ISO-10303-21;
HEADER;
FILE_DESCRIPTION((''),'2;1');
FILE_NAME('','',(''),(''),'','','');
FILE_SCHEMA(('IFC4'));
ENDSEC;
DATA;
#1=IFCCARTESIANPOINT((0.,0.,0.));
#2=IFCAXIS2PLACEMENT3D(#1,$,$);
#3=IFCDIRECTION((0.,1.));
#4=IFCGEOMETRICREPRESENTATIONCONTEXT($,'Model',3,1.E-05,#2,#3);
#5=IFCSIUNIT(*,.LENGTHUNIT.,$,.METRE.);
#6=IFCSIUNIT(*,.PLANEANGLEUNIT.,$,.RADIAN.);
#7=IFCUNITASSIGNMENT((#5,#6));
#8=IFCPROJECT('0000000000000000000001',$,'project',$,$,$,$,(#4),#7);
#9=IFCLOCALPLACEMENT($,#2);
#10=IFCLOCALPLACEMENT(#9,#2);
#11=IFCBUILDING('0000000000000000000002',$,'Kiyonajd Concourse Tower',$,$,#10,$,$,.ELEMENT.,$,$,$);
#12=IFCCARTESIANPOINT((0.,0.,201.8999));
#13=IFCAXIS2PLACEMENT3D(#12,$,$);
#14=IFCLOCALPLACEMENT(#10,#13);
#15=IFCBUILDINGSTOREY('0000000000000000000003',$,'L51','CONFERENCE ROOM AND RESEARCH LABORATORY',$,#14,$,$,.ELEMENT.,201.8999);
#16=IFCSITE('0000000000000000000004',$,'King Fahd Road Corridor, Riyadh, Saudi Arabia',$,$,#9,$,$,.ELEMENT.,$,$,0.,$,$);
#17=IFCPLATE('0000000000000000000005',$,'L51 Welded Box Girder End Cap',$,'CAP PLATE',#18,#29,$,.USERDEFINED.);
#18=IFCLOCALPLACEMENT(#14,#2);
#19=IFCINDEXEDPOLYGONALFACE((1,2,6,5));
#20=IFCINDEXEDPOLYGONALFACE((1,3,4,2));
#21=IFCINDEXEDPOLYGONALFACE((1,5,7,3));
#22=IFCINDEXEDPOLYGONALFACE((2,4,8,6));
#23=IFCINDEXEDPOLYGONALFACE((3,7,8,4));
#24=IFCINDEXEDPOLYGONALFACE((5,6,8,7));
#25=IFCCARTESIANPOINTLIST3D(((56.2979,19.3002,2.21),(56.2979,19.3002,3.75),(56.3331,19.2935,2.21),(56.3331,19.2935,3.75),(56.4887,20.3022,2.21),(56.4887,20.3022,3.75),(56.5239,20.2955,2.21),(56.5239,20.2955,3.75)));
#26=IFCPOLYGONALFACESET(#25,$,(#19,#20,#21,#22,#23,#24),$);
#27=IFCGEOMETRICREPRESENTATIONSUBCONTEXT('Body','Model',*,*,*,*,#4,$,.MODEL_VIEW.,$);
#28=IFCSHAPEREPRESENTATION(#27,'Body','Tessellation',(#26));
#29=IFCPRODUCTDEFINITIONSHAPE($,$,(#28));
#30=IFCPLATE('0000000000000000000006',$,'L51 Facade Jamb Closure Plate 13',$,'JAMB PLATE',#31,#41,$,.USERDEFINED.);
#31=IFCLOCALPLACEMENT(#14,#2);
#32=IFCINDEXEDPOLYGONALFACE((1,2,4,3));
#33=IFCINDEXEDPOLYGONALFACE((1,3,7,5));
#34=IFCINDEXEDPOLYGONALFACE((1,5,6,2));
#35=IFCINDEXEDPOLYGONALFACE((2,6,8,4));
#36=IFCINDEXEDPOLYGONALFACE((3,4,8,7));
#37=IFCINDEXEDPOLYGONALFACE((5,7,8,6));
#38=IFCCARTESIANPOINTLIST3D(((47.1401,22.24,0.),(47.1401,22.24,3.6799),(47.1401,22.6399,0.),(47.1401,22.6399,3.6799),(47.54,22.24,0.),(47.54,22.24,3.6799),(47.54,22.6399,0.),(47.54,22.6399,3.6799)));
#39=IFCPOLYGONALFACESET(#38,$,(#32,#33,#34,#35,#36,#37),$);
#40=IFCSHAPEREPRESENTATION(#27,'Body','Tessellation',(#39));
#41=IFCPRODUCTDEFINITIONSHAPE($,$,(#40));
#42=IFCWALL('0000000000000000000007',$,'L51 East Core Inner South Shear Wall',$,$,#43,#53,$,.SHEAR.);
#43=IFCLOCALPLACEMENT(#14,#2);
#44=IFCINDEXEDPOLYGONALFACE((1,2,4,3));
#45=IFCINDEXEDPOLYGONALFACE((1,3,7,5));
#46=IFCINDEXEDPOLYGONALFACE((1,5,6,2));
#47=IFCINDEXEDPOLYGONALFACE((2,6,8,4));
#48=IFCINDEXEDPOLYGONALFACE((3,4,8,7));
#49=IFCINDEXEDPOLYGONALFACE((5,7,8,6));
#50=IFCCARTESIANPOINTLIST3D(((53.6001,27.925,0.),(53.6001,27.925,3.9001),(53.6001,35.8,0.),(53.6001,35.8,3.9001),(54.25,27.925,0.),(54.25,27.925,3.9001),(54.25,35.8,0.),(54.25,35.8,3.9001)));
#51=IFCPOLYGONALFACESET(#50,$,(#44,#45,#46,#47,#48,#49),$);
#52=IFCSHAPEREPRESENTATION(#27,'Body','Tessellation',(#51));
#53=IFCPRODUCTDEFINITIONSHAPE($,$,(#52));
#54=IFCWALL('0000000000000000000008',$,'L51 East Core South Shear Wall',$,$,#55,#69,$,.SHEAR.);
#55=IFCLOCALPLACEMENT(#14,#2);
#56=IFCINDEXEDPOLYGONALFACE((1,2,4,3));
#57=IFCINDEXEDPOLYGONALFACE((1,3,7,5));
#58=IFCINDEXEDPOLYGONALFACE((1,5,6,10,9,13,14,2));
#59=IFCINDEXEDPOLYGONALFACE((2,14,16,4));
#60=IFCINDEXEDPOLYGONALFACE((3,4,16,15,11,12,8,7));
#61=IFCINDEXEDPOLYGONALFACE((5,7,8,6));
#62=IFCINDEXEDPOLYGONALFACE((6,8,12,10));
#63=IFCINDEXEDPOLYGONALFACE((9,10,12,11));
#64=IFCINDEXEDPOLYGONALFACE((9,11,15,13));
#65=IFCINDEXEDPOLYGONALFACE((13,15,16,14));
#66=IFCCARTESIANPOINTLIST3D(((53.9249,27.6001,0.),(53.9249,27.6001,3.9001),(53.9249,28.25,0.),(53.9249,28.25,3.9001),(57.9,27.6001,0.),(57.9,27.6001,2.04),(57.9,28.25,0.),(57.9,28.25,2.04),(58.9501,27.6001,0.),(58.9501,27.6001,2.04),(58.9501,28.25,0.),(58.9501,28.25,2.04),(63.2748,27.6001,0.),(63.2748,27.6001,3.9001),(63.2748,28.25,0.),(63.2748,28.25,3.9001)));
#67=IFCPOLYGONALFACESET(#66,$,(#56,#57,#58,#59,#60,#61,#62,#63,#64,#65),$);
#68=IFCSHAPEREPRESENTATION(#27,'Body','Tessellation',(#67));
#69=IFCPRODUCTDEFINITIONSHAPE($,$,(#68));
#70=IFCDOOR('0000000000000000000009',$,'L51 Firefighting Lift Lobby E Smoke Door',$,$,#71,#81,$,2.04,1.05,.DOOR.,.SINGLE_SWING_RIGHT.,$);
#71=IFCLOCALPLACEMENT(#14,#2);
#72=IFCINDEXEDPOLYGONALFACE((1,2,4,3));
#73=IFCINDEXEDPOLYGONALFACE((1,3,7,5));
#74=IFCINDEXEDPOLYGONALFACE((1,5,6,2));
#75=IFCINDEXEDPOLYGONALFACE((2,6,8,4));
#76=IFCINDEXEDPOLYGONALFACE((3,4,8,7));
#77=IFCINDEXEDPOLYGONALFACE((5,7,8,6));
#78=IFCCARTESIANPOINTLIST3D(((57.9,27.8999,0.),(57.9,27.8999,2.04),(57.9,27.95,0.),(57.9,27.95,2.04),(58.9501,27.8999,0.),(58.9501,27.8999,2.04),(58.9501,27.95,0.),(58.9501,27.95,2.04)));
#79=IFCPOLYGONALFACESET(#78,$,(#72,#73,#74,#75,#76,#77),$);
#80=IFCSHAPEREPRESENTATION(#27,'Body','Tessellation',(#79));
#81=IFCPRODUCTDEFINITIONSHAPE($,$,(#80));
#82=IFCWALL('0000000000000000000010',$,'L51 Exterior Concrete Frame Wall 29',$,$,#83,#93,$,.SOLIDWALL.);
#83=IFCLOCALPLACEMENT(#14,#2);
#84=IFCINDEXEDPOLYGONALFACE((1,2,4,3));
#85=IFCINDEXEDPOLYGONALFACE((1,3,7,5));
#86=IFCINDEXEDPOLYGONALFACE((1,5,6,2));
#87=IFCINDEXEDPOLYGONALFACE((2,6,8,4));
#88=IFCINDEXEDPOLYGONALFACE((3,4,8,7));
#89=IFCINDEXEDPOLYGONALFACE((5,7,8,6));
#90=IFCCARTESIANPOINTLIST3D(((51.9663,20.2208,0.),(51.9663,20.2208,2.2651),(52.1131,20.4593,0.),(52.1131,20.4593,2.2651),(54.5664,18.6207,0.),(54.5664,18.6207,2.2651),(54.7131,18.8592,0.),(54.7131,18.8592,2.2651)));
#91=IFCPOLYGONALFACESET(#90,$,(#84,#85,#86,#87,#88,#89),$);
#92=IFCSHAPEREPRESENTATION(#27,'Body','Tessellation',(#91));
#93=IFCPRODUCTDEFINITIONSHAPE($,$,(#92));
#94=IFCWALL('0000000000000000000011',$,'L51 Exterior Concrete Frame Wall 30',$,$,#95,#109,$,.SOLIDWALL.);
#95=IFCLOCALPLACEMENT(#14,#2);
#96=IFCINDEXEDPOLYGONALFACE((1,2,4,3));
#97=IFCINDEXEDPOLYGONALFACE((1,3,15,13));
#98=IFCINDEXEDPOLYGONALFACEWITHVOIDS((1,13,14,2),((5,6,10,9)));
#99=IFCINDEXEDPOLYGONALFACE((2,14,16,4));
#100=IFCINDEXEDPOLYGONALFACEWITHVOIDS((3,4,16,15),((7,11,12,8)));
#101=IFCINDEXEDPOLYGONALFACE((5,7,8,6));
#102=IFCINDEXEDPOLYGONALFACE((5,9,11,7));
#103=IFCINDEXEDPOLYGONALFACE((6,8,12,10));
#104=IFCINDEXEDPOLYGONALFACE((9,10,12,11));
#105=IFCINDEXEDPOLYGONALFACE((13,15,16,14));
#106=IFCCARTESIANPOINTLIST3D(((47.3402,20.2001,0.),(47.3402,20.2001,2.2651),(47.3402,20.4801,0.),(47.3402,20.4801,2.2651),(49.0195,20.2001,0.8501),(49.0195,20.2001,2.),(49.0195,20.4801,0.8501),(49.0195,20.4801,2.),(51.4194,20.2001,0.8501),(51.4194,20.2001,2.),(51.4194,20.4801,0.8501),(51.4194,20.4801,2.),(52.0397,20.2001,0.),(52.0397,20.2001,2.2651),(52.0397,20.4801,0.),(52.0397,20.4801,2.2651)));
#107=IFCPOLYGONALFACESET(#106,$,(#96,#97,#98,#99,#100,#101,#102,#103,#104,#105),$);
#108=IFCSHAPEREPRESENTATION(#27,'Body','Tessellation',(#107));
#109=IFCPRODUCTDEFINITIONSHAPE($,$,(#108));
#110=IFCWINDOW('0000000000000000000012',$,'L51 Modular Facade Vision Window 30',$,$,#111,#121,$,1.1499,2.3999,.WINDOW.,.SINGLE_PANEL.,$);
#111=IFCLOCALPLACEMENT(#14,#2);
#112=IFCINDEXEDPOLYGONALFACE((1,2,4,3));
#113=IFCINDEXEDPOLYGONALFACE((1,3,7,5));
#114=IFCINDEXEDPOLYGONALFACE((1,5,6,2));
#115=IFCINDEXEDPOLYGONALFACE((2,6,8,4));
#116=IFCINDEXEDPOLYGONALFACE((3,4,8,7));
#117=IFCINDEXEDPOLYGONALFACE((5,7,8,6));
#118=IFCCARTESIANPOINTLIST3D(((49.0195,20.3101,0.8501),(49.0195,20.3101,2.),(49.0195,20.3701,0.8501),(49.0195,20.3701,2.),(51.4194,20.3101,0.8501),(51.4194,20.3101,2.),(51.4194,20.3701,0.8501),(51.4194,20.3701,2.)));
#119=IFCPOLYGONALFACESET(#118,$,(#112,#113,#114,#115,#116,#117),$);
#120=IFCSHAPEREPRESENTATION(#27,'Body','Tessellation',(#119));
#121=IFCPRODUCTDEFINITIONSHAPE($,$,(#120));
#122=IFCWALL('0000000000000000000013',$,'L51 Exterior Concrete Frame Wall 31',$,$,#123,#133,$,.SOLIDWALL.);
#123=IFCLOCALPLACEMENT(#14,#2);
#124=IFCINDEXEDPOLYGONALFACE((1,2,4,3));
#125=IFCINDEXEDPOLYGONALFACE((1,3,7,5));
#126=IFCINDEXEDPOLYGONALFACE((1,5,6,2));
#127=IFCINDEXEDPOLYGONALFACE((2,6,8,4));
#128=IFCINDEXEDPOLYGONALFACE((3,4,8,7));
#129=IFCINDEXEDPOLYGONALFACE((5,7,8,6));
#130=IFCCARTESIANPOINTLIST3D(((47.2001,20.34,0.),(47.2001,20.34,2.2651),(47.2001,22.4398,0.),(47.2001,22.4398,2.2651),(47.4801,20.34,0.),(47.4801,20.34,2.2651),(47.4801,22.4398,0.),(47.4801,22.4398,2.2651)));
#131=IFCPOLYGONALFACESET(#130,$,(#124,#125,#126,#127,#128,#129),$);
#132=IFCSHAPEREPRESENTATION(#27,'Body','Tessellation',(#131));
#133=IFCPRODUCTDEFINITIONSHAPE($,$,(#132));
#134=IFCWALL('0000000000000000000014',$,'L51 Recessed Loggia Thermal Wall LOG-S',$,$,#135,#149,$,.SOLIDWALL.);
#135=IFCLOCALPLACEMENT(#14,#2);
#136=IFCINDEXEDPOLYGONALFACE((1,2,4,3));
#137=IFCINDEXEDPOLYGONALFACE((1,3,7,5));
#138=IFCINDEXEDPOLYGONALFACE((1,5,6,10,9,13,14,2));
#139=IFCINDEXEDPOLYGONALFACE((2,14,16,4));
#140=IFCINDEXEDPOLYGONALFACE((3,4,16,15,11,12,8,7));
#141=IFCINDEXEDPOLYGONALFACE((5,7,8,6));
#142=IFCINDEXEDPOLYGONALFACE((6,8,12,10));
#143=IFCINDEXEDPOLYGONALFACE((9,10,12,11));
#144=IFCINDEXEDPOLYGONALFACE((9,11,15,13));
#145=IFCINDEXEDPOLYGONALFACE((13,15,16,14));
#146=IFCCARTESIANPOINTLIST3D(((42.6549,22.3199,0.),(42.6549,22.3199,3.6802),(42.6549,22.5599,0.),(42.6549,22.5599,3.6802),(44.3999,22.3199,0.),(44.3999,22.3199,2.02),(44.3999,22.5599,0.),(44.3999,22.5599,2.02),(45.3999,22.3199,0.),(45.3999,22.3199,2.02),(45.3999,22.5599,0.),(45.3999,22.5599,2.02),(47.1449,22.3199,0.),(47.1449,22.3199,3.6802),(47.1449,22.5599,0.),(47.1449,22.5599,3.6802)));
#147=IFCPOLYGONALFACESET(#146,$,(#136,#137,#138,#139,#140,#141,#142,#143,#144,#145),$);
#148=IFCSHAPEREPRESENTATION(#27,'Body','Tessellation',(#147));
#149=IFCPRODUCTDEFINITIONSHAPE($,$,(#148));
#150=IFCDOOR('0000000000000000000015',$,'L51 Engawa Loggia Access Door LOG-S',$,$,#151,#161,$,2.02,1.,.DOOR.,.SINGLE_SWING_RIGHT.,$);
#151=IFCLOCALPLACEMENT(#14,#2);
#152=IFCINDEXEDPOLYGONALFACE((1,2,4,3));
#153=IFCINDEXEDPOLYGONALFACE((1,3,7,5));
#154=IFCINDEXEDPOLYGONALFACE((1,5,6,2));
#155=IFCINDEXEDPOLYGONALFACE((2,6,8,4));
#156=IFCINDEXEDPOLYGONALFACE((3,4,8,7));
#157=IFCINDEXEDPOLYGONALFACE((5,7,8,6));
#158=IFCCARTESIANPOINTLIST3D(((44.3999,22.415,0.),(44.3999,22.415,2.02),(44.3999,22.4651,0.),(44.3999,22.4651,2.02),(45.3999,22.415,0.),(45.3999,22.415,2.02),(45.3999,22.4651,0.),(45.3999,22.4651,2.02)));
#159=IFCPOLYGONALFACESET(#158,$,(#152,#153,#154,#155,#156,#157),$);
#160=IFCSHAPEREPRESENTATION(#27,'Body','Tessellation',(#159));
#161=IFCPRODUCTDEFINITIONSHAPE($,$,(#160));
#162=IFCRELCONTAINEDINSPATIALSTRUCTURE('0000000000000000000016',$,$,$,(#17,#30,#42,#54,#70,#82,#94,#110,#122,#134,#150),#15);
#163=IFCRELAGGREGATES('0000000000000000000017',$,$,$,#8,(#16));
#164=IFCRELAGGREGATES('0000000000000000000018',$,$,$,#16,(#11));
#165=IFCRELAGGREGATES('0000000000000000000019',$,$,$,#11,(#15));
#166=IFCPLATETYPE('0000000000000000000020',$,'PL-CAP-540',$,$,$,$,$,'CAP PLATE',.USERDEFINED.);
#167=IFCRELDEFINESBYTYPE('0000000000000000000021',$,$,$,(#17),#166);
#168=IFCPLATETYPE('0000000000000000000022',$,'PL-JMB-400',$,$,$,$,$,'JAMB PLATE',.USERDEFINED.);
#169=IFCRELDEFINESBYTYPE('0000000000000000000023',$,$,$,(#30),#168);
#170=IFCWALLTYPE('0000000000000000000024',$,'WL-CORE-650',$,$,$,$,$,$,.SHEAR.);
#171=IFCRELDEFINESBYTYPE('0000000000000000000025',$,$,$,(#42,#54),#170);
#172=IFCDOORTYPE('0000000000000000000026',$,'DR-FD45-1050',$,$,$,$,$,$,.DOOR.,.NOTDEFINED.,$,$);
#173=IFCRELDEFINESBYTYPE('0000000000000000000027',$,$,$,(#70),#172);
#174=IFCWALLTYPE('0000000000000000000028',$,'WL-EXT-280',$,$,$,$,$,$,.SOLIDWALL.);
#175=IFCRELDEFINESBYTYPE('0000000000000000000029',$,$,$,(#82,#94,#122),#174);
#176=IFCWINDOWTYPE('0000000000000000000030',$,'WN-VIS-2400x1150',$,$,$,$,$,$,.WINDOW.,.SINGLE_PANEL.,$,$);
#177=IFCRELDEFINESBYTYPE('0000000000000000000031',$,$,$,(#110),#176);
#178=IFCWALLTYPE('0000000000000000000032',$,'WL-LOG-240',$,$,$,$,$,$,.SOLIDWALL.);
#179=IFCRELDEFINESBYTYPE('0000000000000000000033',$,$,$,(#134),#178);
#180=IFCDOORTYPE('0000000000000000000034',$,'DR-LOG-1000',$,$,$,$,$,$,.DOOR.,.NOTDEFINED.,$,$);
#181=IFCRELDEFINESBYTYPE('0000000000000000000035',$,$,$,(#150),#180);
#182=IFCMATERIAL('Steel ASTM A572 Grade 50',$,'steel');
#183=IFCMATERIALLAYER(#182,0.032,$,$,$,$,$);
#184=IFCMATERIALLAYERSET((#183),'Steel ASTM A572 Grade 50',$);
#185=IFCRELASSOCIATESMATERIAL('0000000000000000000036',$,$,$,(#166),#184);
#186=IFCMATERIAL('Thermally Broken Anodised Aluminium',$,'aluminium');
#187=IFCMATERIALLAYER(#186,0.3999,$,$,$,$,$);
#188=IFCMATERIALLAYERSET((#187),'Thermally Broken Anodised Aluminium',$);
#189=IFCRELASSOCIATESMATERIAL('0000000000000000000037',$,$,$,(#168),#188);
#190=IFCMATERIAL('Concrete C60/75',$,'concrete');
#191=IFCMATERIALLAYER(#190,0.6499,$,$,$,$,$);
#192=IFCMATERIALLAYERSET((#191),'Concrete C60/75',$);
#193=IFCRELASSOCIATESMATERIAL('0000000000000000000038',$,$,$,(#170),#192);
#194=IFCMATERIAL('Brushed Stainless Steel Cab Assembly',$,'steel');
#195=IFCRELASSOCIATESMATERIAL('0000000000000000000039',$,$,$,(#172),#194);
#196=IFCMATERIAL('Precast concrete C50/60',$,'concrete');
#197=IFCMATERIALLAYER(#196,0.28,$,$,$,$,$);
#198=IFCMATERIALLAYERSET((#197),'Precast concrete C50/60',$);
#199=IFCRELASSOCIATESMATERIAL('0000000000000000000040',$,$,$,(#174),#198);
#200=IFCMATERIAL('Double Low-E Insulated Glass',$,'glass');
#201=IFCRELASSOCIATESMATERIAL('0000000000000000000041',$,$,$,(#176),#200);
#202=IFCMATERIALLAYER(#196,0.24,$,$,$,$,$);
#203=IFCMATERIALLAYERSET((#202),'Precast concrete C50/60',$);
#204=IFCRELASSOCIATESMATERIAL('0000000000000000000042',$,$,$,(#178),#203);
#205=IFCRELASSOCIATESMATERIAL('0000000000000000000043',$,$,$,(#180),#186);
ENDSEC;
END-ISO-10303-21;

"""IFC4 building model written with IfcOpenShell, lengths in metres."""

from ifc_helpers import new_model, si_unit, direction, frame, frame_2d, origin, origin_2d, place, context, subcontext, project, spatial, rectangle, extrude, material, layer, layer_set, type_object, element, fill, save


model = new_model("IFC4")

# Units and contexts
model_context = context("Model", 3, precision=1e-05, world=origin(), true_north=direction((0.0, 1.0)))
body_context = subcontext(model_context, "Body", "Model", "MODEL_VIEW")
ifc_project = project(units=[si_unit("LENGTHUNIT", "METRE"), si_unit("PLANEANGLEUNIT", "RADIAN")], contexts=[model_context])

# Site, building, storey
site_placement = place(None, origin())
site = spatial("IfcSite", under=ifc_project, at=site_placement, Name="King Fahd Road Corridor, Riyadh, Saudi Arabia", CompositionType="ELEMENT", RefElevation=0.0)
building_placement = place(site_placement, origin())
building = spatial("IfcBuilding", under=site, at=building_placement, Name="Kiyonajd Concourse Tower", CompositionType="ELEMENT")
storey_placement = place(building_placement, frame((0.0, 0.0, 201.8999)))
storey = spatial("IfcBuildingStorey", under=building, at=storey_placement, Name="L51", Description="CONFERENCE ROOM AND RESEARCH LABORATORY", CompositionType="ELEMENT", Elevation=201.8999)

# Shared definitions
ifc_material_1 = material(Name="Steel ASTM A572 Grade 50", Category="steel")

# Plates
ifc_layer_1 = layer(ifc_material_1, 0.032)
ifc_layer_set_1 = layer_set([ifc_layer_1], Name="Steel ASTM A572 Grade 50")
plate_type_1 = type_object("IfcPlateType", Name="PL-CAP-540", ElementType="CAP PLATE", PredefinedType="USERDEFINED", material=ifc_layer_set_1)
for number, where, z_axis, x_axis, name in (
    (1, (56.4109, 19.7979, 2.21), (0.0, 0.0, 1.0), (0.982353, -0.187038, 0.0), "L51 Welded Box Girder End Cap"),
):
    element("IfcPlate", number, at=place(storey_placement, frame(where, z_axis=z_axis, x_axis=x_axis)), inside=storey, type_object=plate_type_1, Name=name, ObjectType="CAP PLATE", PredefinedType="USERDEFINED", context=body_context, shape_type="SweptSolid", body=[
        extrude(rectangle(XDim=0.0359, YDim=1.02, at=origin_2d()), origin(), (0.0, 0.0, 1.0), 1.54),
    ])
ifc_material_2 = material(Name="Thermally Broken Anodised Aluminium", Category="aluminium")
ifc_layer_2 = layer(ifc_material_2, 0.3999)
ifc_layer_set_2 = layer_set([ifc_layer_2], Name="Thermally Broken Anodised Aluminium")
plate_type_2 = type_object("IfcPlateType", Name="PL-JMB-400", ElementType="JAMB PLATE", PredefinedType="USERDEFINED", material=ifc_layer_set_2)
plate_placement = place(storey_placement, frame((47.3401, 22.4399, 0.0), z_axis=(0.0, 0.0, 1.0), x_axis=(1.0, 0.0, 0.0)))
element("IfcPlate", 2, at=plate_placement, inside=storey, type_object=plate_type_2, Name="L51 Facade Jamb Closure Plate 13", ObjectType="JAMB PLATE", PredefinedType="USERDEFINED", context=body_context, shape_type="SweptSolid", body=[
    extrude(rectangle(XDim=0.3999, YDim=0.3999, at=origin_2d()), origin(), (0.0, 0.0, 1.0), 3.6799),
])

# Wall
ifc_material_3 = material(Name="Concrete C60/75", Category="concrete")
ifc_layer_3 = layer(ifc_material_3, 0.6499)
ifc_layer_set_3 = layer_set([ifc_layer_3], Name="Concrete C60/75")
wall_type_1 = type_object("IfcWallType", Name="WL-CORE-650", PredefinedType="SHEAR", material=ifc_layer_set_3)
wall_1_placement = place(storey_placement, frame((53.925, 27.925, 0.0), z_axis=(0.0, 0.0, 1.0), x_axis=(0.0, 1.0, 0.0)))
element("IfcWall", 3, at=wall_1_placement, inside=storey, type_object=wall_type_1, Name="L51 East Core Inner South Shear Wall", PredefinedType="SHEAR", context=body_context, shape_type="SweptSolid", body=[
    extrude(rectangle(XDim=7.875, YDim=0.6499, at=frame_2d((3.9375, 0.0))), origin(), (0.0, 0.0, 1.0), 3.9001),
])

# Wall, opening, door
wall_2_placement = place(storey_placement, frame((53.925, 27.925, 0.0), z_axis=(0.0, 0.0, 1.0), x_axis=(1.0, 0.0, 0.0)))
wall_2 = element("IfcWall", 4, at=wall_2_placement, inside=storey, type_object=wall_type_1, Name="L51 East Core South Shear Wall", PredefinedType="SHEAR", context=body_context, shape_type="SweptSolid", body=[
    extrude(rectangle(XDim=9.3499, YDim=0.6499, at=frame_2d((4.6748, 0.0))), origin(), (0.0, 0.0, 1.0), 3.9001),
])
opening_1_placement = place(wall_2_placement, frame((3.9751, 0.0, 0.0)))
opening_1 = element("IfcOpeningElement", 5, at=opening_1_placement, cuts=wall_2, PredefinedType="OPENING", context=body_context, shape_type="SweptSolid", body=[
    extrude(rectangle(XDim=1.05, YDim=2.04, at=frame_2d((0.5249, 1.02))), frame((0.0, 0.335, 0.0), z_axis=(0.0, -1.0, 0.0), x_axis=(1.0, 0.0, 0.0)), (0.0, 0.0, 1.0), 0.6699),
])
ifc_material_4 = material(Name="Brushed Stainless Steel Cab Assembly", Category="steel")
door_type_1 = type_object("IfcDoorType", Name="DR-FD45-1050", OperationType="NOTDEFINED", PredefinedType="DOOR", material=ifc_material_4)
door_1_placement = place(opening_1_placement, origin())
door_1 = element("IfcDoor", 6, at=door_1_placement, inside=storey, type_object=door_type_1, Name="L51 Firefighting Lift Lobby E Smoke Door", OperationType="SINGLE_SWING_RIGHT", OverallHeight=2.04, OverallWidth=1.05, PredefinedType="DOOR", context=body_context, shape_type="SweptSolid", body=[
    extrude(rectangle(XDim=1.05, YDim=2.04, at=frame_2d((0.5249, 1.02))), frame((0.0, 0.0249, 0.0), z_axis=(0.0, -1.0, 0.0), x_axis=(1.0, 0.0, 0.0)), (0.0, 0.0, 1.0), 0.05),
])
fill(opening_1, door_1)

# Wall
ifc_material_5 = material(Name="Precast concrete C50/60", Category="concrete")
ifc_layer_4 = layer(ifc_material_5, 0.28)
ifc_layer_set_4 = layer_set([ifc_layer_4], Name="Precast concrete C50/60")
wall_type_2 = type_object("IfcWallType", Name="WL-EXT-280", PredefinedType="SOLIDWALL", material=ifc_layer_set_4)
wall_3_placement = place(storey_placement, frame((54.6396, 18.74, 0.0), z_axis=(0.0, 0.0, 1.0), x_axis=(-0.851653, 0.524106, 0.0)))
element("IfcWall", 7, at=wall_3_placement, inside=storey, type_object=wall_type_2, Name="L51 Exterior Concrete Frame Wall 29", PredefinedType="SOLIDWALL", context=body_context, shape_type="SweptSolid", body=[
    extrude(rectangle(XDim=3.053, YDim=0.28, at=frame_2d((1.5264, 0.0))), origin(), (0.0, 0.0, 1.0), 2.2651),
])

# Wall, opening, window
wall_4_placement = place(storey_placement, frame((52.0396, 20.3401, 0.0), z_axis=(0.0, 0.0, 1.0), x_axis=(-1.0, 0.0, 0.0)))
wall_4 = element("IfcWall", 8, at=wall_4_placement, inside=storey, type_object=wall_type_2, Name="L51 Exterior Concrete Frame Wall 30", PredefinedType="SOLIDWALL", context=body_context, shape_type="SweptSolid", body=[
    extrude(rectangle(XDim=4.6995, YDim=0.28, at=frame_2d((2.3496, 0.0))), origin(), (0.0, 0.0, 1.0), 2.2651),
])
opening_2_placement = place(wall_4_placement, frame((0.6201, 0.0, 0.8501)))
opening_2 = element("IfcOpeningElement", 9, at=opening_2_placement, cuts=wall_4, PredefinedType="OPENING", context=body_context, shape_type="SweptSolid", body=[
    extrude(rectangle(XDim=2.3999, YDim=1.1499, at=frame_2d((1.2, 0.575))), frame((0.0, 0.1499, 0.0), z_axis=(0.0, -1.0, 0.0), x_axis=(1.0, 0.0, 0.0)), (0.0, 0.0, 1.0), 0.3),
])
ifc_material_6 = material(Name="Double Low-E Insulated Glass", Category="glass")
window_type = type_object("IfcWindowType", Name="WN-VIS-2400x1150", PartitioningType="SINGLE_PANEL", PredefinedType="WINDOW", material=ifc_material_6)
window_placement = place(opening_2_placement, origin())
window = element("IfcWindow", 10, at=window_placement, inside=storey, type_object=window_type, Name="L51 Modular Facade Vision Window 30", OverallHeight=1.1499, OverallWidth=2.3999, PartitioningType="SINGLE_PANEL", PredefinedType="WINDOW", context=body_context, shape_type="SweptSolid", body=[
    extrude(rectangle(XDim=2.3999, YDim=1.1499, at=frame_2d((1.2, 0.575))), frame((0.0, 0.03, 0.0), z_axis=(0.0, -1.0, 0.0), x_axis=(1.0, 0.0, 0.0)), (0.0, 0.0, 1.0), 0.0601),
])
fill(opening_2, window)

# Wall
wall_5_placement = place(storey_placement, frame((47.3401, 20.3401, 0.0), z_axis=(0.0, 0.0, 1.0), x_axis=(0.0, 1.0, 0.0)))
element("IfcWall", 11, at=wall_5_placement, inside=storey, type_object=wall_type_2, Name="L51 Exterior Concrete Frame Wall 31", PredefinedType="SOLIDWALL", context=body_context, shape_type="SweptSolid", body=[
    extrude(rectangle(XDim=2.0999, YDim=0.28, at=frame_2d((1.0498, 0.0))), origin(), (0.0, 0.0, 1.0), 2.2651),
])

# Wall, opening, door
ifc_layer_5 = layer(ifc_material_5, 0.24)
ifc_layer_set_5 = layer_set([ifc_layer_5], Name="Precast concrete C50/60")
wall_type_3 = type_object("IfcWallType", Name="WL-LOG-240", PredefinedType="SOLIDWALL", material=ifc_layer_set_5)
wall_6_placement = place(storey_placement, frame((47.145, 22.4399, 0.0), z_axis=(0.0, 0.0, 1.0), x_axis=(-1.0, 0.0, 0.0)))
wall_6 = element("IfcWall", 12, at=wall_6_placement, inside=storey, type_object=wall_type_3, Name="L51 Recessed Loggia Thermal Wall LOG-S", PredefinedType="SOLIDWALL", context=body_context, shape_type="SweptSolid", body=[
    extrude(rectangle(XDim=4.49, YDim=0.24, at=frame_2d((2.2451, 0.0))), origin(), (0.0, 0.0, 1.0), 3.6802),
])
opening_3_placement = place(wall_6_placement, frame((1.7451, 0.0, 0.0)))
opening_3 = element("IfcOpeningElement", 13, at=opening_3_placement, cuts=wall_6, PredefinedType="OPENING", context=body_context, shape_type="SweptSolid", body=[
    extrude(rectangle(XDim=1.0, YDim=2.02, at=frame_2d((0.5, 1.01))), frame((0.0, 0.1299, 0.0), z_axis=(0.0, -1.0, 0.0), x_axis=(1.0, 0.0, 0.0)), (0.0, 0.0, 1.0), 0.26),
])
door_type_2 = type_object("IfcDoorType", Name="DR-LOG-1000", OperationType="NOTDEFINED", PredefinedType="DOOR", material=ifc_material_2)
door_2_placement = place(opening_3_placement, origin())
door_2 = element("IfcDoor", 14, at=door_2_placement, inside=storey, type_object=door_type_2, Name="L51 Engawa Loggia Access Door LOG-S", OperationType="SINGLE_SWING_RIGHT", OverallHeight=2.02, OverallWidth=1.0, PredefinedType="DOOR", context=body_context, shape_type="SweptSolid", body=[
    extrude(rectangle(XDim=1.0, YDim=2.02, at=frame_2d((0.5, 1.01))), frame((0.0, 0.0249, 0.0), z_axis=(0.0, -1.0, 0.0), x_axis=(1.0, 0.0, 0.0)), (0.0, 0.0, 1.0), 0.05),
])
fill(opening_3, door_2)

save(model, "model.ifc")
